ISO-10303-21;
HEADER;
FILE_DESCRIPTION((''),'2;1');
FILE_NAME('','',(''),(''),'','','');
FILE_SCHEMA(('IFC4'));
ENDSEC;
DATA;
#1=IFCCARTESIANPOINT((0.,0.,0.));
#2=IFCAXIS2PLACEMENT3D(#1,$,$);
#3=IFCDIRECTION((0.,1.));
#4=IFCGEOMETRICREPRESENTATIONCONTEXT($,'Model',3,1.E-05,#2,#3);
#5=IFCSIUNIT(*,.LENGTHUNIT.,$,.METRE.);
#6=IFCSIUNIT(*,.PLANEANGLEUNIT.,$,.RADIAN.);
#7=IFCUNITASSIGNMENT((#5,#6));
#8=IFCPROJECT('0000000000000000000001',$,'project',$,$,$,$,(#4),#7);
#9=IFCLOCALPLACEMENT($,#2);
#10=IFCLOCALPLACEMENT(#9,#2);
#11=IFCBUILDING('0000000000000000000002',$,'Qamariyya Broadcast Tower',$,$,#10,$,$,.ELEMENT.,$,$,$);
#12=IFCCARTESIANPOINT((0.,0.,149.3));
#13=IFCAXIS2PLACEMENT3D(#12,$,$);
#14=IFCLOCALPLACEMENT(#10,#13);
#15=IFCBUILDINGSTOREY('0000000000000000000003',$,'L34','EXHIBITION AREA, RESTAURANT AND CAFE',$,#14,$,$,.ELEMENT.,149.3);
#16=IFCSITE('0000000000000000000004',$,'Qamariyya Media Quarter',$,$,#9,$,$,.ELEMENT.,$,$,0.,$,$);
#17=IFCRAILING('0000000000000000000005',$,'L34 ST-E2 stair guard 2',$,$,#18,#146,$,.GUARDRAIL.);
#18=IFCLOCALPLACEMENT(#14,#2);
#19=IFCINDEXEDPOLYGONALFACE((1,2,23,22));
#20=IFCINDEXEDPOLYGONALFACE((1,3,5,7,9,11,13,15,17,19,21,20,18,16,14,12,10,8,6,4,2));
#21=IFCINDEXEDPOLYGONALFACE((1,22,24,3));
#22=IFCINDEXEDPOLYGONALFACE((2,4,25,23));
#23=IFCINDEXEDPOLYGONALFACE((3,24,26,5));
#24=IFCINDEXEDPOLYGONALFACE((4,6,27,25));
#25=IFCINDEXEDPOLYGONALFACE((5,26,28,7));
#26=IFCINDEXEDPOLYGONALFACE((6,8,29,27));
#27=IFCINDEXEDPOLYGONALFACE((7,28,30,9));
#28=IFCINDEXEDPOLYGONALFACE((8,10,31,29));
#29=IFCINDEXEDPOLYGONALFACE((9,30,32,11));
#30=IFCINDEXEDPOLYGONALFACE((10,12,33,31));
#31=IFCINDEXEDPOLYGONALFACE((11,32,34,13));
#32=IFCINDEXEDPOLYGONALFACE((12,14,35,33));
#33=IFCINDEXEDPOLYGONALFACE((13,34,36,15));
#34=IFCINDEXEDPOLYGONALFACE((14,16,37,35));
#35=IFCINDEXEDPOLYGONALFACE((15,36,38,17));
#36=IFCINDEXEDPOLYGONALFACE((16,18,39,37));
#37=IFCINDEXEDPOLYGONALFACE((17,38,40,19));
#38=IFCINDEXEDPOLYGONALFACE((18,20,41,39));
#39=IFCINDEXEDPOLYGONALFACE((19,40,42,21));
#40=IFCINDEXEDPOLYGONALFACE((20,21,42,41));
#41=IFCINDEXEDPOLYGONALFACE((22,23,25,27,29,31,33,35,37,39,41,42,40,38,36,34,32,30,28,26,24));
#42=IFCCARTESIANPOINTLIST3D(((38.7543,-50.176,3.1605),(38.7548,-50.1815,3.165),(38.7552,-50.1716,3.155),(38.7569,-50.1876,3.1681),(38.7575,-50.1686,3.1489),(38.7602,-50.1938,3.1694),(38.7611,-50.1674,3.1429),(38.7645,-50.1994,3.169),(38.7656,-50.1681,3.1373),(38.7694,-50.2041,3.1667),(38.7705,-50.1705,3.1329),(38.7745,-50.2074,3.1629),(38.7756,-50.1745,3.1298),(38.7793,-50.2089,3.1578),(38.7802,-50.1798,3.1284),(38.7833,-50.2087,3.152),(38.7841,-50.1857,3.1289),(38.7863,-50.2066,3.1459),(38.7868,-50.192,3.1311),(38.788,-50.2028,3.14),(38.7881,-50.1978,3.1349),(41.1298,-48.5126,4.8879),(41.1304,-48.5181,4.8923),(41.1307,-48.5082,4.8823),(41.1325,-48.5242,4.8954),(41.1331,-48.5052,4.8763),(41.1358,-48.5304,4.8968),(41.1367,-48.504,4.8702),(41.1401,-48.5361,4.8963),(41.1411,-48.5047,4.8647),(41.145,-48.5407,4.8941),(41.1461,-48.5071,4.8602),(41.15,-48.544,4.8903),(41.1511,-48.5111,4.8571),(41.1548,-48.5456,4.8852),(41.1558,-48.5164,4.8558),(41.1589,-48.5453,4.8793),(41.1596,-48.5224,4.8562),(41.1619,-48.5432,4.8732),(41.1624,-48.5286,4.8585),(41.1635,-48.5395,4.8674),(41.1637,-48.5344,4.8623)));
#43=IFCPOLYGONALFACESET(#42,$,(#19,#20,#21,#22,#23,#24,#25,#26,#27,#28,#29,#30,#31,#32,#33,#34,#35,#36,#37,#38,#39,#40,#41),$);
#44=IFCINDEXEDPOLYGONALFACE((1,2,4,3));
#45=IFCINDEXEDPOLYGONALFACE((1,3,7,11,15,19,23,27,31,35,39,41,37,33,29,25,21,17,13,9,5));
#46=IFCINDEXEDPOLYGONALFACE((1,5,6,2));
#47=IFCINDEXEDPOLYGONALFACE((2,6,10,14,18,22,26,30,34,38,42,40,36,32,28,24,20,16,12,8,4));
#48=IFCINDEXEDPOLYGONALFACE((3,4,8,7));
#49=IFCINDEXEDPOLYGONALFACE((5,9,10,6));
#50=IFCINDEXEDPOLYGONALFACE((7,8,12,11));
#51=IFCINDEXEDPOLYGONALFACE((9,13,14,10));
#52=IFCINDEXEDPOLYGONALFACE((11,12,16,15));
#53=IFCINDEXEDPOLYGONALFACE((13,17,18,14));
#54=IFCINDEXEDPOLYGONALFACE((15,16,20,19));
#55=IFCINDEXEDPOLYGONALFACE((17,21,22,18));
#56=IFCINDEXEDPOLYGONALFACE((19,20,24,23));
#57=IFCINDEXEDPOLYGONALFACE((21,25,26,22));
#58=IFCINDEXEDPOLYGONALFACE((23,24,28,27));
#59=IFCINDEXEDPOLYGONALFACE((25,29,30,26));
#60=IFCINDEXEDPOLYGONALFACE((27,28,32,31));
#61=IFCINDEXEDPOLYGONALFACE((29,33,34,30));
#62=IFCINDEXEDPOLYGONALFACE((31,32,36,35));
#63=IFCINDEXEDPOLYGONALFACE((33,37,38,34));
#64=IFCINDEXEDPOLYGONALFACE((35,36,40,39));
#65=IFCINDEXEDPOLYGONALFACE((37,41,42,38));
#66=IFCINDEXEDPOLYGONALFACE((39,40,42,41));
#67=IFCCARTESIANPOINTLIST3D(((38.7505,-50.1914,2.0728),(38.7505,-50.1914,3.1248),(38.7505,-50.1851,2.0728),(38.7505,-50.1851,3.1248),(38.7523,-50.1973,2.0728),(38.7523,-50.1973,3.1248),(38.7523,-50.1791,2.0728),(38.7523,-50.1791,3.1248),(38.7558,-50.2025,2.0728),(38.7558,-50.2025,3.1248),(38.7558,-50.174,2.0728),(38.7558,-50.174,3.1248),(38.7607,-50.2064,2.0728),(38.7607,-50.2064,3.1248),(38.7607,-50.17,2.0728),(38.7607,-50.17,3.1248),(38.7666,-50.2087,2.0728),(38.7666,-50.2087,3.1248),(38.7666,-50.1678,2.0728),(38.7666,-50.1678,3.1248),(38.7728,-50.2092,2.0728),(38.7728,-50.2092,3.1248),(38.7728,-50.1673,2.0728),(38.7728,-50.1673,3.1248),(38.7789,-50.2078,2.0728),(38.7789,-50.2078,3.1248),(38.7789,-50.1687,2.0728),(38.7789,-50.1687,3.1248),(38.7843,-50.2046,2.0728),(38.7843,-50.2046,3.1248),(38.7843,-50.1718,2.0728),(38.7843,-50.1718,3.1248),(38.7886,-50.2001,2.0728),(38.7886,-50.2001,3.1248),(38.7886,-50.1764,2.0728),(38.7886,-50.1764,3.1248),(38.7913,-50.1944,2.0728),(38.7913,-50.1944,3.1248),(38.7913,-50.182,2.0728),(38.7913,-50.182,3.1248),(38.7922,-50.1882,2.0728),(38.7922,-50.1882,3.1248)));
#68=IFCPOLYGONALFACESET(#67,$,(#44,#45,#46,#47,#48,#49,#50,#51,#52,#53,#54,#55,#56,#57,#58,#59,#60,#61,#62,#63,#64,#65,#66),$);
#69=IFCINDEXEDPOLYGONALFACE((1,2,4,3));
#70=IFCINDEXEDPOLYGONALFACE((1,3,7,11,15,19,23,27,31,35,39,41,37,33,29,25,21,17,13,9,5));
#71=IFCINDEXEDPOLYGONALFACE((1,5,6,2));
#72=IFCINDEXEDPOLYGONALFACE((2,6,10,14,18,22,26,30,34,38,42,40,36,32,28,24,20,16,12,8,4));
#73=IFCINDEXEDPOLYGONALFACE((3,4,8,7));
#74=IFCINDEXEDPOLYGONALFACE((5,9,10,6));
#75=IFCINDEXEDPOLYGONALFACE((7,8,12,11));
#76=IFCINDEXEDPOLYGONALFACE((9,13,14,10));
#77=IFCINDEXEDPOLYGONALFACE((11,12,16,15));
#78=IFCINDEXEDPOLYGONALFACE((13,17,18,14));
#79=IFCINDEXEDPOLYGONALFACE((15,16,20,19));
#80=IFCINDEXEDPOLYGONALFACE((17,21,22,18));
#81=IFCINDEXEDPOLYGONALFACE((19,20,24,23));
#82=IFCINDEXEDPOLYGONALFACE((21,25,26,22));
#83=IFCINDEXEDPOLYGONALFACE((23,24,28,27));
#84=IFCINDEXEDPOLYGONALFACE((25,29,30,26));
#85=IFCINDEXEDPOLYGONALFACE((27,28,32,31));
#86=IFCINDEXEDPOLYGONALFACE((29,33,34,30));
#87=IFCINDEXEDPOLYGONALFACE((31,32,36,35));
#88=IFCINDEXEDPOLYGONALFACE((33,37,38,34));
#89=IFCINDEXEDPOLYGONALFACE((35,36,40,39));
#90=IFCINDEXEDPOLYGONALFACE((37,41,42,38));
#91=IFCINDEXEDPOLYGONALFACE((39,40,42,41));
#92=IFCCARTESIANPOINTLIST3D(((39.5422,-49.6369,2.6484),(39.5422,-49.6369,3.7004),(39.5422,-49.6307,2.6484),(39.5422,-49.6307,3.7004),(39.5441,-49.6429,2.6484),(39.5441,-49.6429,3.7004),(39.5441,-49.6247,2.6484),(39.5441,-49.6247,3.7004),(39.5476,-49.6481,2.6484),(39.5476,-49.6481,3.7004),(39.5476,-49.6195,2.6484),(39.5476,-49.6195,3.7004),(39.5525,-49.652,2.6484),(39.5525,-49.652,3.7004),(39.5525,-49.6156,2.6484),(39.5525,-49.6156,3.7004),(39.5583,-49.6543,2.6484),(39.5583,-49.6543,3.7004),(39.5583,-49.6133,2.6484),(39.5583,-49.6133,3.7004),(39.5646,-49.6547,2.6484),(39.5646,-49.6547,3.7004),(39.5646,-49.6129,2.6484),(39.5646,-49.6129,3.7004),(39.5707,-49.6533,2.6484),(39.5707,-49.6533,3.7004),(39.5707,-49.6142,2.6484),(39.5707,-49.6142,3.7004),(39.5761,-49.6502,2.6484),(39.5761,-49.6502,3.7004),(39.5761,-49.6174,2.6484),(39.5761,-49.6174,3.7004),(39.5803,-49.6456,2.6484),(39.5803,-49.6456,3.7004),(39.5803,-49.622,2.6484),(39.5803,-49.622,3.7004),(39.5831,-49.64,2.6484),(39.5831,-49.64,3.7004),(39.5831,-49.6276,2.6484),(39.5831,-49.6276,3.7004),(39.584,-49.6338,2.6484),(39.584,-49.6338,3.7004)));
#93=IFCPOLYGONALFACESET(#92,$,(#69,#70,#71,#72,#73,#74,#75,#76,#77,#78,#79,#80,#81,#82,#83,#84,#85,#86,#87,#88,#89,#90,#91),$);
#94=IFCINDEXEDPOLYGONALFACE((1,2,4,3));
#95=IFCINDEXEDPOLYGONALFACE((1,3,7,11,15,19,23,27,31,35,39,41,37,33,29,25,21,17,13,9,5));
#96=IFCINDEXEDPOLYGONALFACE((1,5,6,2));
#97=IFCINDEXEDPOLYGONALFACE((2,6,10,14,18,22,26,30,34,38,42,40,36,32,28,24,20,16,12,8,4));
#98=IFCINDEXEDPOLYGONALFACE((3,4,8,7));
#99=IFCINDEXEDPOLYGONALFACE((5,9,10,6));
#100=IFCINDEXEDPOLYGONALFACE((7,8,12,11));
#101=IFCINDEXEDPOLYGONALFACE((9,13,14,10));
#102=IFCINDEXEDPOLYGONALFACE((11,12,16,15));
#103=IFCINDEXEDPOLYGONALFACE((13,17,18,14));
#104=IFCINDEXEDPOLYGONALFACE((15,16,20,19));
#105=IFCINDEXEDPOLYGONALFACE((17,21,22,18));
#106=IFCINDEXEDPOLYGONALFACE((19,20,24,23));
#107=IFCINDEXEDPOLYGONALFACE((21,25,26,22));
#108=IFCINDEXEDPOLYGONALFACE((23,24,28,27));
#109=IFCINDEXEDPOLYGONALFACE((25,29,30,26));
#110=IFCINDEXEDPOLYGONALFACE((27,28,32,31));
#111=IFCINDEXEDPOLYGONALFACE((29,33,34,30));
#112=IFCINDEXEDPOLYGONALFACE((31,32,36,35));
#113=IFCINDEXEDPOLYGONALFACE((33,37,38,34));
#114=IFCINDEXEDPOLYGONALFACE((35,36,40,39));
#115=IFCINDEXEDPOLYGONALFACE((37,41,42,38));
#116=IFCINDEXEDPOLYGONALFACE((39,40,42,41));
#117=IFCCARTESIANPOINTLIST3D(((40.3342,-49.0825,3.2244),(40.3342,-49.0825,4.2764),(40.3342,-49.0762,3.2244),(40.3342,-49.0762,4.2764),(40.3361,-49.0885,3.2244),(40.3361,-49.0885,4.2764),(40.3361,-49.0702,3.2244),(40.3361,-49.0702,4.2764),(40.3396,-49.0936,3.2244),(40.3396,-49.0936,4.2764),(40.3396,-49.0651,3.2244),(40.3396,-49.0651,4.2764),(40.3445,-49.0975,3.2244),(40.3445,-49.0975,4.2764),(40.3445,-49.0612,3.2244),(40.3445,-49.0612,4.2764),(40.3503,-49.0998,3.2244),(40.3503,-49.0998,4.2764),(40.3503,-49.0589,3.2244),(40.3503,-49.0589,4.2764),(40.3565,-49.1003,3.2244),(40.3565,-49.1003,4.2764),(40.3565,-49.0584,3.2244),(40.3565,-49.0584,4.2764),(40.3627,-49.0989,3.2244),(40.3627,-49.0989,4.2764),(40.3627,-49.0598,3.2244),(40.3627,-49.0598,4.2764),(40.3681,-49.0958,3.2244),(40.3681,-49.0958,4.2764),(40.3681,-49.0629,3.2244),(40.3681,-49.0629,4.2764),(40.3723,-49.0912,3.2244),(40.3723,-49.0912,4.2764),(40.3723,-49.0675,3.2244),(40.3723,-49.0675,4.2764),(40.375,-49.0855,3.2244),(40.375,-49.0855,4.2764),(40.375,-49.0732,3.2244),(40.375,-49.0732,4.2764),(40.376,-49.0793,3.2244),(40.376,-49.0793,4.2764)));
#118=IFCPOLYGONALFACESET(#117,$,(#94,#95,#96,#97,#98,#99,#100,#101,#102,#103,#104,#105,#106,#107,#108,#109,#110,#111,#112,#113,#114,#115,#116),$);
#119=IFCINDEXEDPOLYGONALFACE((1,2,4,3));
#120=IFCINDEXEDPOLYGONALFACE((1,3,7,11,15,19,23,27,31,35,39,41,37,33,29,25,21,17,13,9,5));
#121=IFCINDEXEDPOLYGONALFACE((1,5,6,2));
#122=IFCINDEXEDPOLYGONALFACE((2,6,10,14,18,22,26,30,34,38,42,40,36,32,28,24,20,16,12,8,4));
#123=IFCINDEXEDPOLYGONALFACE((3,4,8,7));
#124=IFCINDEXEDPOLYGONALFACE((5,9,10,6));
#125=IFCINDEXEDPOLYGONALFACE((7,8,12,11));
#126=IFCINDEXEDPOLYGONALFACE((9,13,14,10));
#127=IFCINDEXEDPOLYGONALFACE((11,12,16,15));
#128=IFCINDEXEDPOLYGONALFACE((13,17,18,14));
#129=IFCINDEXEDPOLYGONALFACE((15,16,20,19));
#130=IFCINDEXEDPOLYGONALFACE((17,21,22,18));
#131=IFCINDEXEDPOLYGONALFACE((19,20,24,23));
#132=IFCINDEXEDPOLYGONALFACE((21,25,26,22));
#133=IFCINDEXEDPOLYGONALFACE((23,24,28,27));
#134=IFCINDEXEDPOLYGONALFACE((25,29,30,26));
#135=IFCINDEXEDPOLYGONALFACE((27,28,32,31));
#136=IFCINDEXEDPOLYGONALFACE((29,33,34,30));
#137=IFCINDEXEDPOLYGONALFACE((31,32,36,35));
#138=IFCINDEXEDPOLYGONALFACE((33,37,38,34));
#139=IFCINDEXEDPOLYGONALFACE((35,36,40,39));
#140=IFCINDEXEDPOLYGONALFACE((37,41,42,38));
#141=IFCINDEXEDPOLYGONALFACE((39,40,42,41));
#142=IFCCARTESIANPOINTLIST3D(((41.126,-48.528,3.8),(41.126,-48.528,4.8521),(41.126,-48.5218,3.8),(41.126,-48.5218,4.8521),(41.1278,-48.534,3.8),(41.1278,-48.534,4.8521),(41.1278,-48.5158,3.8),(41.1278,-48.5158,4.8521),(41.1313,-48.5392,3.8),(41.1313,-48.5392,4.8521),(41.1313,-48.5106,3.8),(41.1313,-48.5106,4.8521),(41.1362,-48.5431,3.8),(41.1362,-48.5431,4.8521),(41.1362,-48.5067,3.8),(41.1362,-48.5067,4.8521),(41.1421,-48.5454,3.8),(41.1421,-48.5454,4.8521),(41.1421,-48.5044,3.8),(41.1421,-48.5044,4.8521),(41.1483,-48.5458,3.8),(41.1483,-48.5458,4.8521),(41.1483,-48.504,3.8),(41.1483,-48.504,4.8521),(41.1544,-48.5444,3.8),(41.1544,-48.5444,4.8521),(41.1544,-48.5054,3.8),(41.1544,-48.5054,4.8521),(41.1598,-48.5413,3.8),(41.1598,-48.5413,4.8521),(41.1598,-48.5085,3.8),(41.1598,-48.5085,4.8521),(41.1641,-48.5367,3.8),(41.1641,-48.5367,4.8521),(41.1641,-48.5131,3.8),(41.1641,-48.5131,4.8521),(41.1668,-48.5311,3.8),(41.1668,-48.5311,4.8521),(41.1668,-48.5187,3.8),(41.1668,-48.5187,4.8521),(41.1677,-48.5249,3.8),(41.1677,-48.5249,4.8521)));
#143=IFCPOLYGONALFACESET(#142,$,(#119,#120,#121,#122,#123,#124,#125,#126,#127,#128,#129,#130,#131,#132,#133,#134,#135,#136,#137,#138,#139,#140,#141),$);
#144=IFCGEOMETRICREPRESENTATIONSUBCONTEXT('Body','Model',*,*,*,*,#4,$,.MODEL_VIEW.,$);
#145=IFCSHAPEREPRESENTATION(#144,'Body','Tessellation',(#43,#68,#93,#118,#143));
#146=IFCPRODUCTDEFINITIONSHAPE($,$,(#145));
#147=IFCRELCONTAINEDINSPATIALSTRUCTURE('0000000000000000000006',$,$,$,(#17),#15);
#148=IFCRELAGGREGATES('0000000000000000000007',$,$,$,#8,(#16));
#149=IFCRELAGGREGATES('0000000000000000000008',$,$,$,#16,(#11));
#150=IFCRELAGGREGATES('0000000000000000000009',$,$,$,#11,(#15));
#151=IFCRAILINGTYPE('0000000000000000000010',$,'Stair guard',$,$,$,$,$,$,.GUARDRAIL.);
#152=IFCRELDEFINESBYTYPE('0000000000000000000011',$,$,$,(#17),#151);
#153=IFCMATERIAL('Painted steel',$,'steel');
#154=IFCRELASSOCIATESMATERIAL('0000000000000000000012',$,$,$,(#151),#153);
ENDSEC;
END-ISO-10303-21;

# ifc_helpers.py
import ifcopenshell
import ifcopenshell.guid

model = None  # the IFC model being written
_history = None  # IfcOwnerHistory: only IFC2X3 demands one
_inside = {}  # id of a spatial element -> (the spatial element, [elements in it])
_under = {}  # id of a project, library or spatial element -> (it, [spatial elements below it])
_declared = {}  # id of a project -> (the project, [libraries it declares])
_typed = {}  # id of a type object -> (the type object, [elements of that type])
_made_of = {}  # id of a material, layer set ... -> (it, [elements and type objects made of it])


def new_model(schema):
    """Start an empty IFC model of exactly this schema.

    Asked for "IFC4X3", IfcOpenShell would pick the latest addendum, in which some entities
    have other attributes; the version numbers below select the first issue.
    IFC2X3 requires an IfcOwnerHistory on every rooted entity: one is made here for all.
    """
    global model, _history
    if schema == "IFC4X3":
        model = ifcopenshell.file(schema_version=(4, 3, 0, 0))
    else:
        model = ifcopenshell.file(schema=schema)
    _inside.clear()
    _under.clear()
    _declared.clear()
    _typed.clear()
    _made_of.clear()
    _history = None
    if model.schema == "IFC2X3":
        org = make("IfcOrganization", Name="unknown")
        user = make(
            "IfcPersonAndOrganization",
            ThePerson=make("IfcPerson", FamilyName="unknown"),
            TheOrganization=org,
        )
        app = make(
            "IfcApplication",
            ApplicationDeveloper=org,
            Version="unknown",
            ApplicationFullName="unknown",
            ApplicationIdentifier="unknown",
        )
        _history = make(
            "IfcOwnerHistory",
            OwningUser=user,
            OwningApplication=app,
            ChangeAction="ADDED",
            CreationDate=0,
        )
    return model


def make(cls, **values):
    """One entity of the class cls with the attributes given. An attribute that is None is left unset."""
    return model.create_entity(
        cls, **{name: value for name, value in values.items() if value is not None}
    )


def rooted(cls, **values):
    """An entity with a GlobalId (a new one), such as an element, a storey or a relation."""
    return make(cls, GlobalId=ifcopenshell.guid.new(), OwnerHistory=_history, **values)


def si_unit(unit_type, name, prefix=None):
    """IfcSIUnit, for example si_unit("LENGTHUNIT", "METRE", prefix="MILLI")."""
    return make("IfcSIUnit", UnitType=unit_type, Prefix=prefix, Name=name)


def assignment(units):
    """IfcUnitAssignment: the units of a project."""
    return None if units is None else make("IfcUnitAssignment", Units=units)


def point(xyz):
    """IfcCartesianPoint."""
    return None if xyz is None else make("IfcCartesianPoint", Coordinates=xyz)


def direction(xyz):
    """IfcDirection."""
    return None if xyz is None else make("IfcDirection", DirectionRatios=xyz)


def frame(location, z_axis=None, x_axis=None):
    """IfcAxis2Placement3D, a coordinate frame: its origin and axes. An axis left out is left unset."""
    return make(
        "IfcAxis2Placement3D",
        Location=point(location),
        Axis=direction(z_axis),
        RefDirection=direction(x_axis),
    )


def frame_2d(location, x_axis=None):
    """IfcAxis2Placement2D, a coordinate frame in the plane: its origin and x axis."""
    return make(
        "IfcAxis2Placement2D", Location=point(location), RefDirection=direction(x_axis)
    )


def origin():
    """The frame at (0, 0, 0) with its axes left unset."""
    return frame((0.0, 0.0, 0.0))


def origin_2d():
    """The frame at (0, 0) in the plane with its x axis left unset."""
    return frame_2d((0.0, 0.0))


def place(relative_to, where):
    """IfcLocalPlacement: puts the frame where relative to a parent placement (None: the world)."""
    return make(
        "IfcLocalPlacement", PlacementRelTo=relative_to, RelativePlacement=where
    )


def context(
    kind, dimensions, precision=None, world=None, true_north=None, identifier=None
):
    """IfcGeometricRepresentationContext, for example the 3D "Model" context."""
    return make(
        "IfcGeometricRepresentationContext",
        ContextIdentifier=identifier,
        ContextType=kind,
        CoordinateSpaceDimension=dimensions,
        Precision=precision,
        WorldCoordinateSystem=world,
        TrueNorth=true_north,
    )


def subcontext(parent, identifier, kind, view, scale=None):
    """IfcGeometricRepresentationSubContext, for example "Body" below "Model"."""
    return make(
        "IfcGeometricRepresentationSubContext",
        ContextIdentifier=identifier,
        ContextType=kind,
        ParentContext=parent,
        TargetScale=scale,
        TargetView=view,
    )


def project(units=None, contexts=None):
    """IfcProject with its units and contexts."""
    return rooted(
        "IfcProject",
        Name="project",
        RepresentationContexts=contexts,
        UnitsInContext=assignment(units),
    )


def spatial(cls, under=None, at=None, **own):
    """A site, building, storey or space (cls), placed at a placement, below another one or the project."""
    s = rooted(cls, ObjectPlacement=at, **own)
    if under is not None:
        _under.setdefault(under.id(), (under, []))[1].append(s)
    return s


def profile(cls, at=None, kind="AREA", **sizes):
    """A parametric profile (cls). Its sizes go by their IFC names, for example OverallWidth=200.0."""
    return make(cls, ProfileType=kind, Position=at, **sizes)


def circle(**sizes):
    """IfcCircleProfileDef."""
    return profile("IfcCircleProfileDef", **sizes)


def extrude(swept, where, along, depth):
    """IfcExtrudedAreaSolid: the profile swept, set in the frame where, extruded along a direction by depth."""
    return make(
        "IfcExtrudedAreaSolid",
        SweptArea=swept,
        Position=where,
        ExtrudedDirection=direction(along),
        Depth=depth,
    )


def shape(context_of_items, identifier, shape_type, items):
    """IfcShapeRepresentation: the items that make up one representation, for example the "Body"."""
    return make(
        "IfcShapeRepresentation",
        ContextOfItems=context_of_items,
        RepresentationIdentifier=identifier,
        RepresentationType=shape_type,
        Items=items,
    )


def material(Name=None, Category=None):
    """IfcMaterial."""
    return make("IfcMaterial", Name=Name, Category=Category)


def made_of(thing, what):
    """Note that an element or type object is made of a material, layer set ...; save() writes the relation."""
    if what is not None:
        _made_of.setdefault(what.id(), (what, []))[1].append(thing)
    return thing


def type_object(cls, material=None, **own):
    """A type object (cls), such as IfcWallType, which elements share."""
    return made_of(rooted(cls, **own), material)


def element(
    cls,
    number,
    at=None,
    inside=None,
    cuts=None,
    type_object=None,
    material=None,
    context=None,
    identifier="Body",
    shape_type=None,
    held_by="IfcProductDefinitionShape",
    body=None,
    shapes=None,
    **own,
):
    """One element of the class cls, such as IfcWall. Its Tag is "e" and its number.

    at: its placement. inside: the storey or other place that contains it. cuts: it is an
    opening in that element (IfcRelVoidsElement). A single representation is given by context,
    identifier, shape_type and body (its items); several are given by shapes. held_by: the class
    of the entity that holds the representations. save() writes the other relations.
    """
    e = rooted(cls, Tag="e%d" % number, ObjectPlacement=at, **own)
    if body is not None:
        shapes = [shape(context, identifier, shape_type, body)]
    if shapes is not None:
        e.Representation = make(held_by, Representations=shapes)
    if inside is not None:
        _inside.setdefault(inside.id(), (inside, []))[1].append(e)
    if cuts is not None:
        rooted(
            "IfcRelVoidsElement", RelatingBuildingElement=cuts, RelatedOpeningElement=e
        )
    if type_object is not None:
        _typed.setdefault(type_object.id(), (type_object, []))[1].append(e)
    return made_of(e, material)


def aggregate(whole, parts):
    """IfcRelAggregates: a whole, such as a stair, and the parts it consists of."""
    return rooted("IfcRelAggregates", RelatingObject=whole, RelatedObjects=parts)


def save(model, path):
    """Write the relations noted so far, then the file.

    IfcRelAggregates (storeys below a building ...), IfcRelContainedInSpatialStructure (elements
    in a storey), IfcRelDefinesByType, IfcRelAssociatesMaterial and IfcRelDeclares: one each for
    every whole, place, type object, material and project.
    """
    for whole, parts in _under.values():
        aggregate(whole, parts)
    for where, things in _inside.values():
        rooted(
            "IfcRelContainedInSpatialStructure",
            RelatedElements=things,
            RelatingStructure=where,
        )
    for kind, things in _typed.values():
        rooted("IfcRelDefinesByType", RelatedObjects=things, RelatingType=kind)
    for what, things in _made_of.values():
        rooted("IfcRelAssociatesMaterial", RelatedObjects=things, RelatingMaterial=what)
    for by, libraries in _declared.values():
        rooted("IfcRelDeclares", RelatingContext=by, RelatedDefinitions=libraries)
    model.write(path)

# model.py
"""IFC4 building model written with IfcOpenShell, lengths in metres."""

from ifc_helpers import new_model, si_unit, direction, frame, origin, origin_2d, place, context, subcontext, project, spatial, circle, extrude, material, type_object, element, save


model = new_model("IFC4")

# Units and contexts
model_context = context("Model", 3, precision=1e-05, world=origin(), true_north=direction((0.0, 1.0)))
body_context = subcontext(model_context, "Body", "Model", "MODEL_VIEW")
ifc_project = project(units=[si_unit("LENGTHUNIT", "METRE"), si_unit("PLANEANGLEUNIT", "RADIAN")], contexts=[model_context])

# Site, building, storey
site_placement = place(None, origin())
site = spatial("IfcSite", under=ifc_project, at=site_placement, Name="Qamariyya Media Quarter", CompositionType="ELEMENT", RefElevation=0.0)
building_placement = place(site_placement, origin())
building = spatial("IfcBuilding", under=site, at=building_placement, Name="Qamariyya Broadcast Tower", CompositionType="ELEMENT")
storey_placement = place(building_placement, frame((0.0, 0.0, 149.3)))
storey = spatial("IfcBuildingStorey", under=building, at=storey_placement, Name="L34", Description="EXHIBITION AREA, RESTAURANT AND CAFE", CompositionType="ELEMENT", Elevation=149.3)

# Railing
ifc_material_1 = material(Name="Painted steel", Category="steel")
railing_type = type_object("IfcRailingType", Name="Stair guard", PredefinedType="GUARDRAIL", material=ifc_material_1)
railing_placement = place(storey_placement, frame((38.7712, -50.1882, 2.0728)))
element("IfcRailing", 1, at=railing_placement, inside=storey, type_object=railing_type, Name="L34 ST-E2 stair guard 2", PredefinedType="GUARDRAIL", context=body_context, shape_type="SweptSolid", body=[
    extrude(circle(Radius=0.0239, at=origin_2d()), frame((0.0, 0.0, 1.0762), z_axis=(0.70377, 0.492784, 0.511734), x_axis=(-0.573575, 0.819153, 0.0)), (0.0, 0.0, 1.0), 3.3755),
    extrude(circle(Radius=0.021, at=origin_2d()), origin(), (0.0, 0.0, 1.0), 1.052),
    extrude(circle(Radius=0.021, at=origin_2d()), frame((0.7917, 0.5544, 0.5757)), (0.0, 0.0, 1.0), 1.052),
    extrude(circle(Radius=0.021, at=origin_2d()), frame((1.5837, 1.1089, 1.1516)), (0.0, 0.0, 1.0), 1.052),
    extrude(circle(Radius=0.021, at=origin_2d()), frame((2.3755, 1.6633, 1.7273)), (0.0, 0.0, 1.0), 1.052),
])

save(model, "model.ifc")
